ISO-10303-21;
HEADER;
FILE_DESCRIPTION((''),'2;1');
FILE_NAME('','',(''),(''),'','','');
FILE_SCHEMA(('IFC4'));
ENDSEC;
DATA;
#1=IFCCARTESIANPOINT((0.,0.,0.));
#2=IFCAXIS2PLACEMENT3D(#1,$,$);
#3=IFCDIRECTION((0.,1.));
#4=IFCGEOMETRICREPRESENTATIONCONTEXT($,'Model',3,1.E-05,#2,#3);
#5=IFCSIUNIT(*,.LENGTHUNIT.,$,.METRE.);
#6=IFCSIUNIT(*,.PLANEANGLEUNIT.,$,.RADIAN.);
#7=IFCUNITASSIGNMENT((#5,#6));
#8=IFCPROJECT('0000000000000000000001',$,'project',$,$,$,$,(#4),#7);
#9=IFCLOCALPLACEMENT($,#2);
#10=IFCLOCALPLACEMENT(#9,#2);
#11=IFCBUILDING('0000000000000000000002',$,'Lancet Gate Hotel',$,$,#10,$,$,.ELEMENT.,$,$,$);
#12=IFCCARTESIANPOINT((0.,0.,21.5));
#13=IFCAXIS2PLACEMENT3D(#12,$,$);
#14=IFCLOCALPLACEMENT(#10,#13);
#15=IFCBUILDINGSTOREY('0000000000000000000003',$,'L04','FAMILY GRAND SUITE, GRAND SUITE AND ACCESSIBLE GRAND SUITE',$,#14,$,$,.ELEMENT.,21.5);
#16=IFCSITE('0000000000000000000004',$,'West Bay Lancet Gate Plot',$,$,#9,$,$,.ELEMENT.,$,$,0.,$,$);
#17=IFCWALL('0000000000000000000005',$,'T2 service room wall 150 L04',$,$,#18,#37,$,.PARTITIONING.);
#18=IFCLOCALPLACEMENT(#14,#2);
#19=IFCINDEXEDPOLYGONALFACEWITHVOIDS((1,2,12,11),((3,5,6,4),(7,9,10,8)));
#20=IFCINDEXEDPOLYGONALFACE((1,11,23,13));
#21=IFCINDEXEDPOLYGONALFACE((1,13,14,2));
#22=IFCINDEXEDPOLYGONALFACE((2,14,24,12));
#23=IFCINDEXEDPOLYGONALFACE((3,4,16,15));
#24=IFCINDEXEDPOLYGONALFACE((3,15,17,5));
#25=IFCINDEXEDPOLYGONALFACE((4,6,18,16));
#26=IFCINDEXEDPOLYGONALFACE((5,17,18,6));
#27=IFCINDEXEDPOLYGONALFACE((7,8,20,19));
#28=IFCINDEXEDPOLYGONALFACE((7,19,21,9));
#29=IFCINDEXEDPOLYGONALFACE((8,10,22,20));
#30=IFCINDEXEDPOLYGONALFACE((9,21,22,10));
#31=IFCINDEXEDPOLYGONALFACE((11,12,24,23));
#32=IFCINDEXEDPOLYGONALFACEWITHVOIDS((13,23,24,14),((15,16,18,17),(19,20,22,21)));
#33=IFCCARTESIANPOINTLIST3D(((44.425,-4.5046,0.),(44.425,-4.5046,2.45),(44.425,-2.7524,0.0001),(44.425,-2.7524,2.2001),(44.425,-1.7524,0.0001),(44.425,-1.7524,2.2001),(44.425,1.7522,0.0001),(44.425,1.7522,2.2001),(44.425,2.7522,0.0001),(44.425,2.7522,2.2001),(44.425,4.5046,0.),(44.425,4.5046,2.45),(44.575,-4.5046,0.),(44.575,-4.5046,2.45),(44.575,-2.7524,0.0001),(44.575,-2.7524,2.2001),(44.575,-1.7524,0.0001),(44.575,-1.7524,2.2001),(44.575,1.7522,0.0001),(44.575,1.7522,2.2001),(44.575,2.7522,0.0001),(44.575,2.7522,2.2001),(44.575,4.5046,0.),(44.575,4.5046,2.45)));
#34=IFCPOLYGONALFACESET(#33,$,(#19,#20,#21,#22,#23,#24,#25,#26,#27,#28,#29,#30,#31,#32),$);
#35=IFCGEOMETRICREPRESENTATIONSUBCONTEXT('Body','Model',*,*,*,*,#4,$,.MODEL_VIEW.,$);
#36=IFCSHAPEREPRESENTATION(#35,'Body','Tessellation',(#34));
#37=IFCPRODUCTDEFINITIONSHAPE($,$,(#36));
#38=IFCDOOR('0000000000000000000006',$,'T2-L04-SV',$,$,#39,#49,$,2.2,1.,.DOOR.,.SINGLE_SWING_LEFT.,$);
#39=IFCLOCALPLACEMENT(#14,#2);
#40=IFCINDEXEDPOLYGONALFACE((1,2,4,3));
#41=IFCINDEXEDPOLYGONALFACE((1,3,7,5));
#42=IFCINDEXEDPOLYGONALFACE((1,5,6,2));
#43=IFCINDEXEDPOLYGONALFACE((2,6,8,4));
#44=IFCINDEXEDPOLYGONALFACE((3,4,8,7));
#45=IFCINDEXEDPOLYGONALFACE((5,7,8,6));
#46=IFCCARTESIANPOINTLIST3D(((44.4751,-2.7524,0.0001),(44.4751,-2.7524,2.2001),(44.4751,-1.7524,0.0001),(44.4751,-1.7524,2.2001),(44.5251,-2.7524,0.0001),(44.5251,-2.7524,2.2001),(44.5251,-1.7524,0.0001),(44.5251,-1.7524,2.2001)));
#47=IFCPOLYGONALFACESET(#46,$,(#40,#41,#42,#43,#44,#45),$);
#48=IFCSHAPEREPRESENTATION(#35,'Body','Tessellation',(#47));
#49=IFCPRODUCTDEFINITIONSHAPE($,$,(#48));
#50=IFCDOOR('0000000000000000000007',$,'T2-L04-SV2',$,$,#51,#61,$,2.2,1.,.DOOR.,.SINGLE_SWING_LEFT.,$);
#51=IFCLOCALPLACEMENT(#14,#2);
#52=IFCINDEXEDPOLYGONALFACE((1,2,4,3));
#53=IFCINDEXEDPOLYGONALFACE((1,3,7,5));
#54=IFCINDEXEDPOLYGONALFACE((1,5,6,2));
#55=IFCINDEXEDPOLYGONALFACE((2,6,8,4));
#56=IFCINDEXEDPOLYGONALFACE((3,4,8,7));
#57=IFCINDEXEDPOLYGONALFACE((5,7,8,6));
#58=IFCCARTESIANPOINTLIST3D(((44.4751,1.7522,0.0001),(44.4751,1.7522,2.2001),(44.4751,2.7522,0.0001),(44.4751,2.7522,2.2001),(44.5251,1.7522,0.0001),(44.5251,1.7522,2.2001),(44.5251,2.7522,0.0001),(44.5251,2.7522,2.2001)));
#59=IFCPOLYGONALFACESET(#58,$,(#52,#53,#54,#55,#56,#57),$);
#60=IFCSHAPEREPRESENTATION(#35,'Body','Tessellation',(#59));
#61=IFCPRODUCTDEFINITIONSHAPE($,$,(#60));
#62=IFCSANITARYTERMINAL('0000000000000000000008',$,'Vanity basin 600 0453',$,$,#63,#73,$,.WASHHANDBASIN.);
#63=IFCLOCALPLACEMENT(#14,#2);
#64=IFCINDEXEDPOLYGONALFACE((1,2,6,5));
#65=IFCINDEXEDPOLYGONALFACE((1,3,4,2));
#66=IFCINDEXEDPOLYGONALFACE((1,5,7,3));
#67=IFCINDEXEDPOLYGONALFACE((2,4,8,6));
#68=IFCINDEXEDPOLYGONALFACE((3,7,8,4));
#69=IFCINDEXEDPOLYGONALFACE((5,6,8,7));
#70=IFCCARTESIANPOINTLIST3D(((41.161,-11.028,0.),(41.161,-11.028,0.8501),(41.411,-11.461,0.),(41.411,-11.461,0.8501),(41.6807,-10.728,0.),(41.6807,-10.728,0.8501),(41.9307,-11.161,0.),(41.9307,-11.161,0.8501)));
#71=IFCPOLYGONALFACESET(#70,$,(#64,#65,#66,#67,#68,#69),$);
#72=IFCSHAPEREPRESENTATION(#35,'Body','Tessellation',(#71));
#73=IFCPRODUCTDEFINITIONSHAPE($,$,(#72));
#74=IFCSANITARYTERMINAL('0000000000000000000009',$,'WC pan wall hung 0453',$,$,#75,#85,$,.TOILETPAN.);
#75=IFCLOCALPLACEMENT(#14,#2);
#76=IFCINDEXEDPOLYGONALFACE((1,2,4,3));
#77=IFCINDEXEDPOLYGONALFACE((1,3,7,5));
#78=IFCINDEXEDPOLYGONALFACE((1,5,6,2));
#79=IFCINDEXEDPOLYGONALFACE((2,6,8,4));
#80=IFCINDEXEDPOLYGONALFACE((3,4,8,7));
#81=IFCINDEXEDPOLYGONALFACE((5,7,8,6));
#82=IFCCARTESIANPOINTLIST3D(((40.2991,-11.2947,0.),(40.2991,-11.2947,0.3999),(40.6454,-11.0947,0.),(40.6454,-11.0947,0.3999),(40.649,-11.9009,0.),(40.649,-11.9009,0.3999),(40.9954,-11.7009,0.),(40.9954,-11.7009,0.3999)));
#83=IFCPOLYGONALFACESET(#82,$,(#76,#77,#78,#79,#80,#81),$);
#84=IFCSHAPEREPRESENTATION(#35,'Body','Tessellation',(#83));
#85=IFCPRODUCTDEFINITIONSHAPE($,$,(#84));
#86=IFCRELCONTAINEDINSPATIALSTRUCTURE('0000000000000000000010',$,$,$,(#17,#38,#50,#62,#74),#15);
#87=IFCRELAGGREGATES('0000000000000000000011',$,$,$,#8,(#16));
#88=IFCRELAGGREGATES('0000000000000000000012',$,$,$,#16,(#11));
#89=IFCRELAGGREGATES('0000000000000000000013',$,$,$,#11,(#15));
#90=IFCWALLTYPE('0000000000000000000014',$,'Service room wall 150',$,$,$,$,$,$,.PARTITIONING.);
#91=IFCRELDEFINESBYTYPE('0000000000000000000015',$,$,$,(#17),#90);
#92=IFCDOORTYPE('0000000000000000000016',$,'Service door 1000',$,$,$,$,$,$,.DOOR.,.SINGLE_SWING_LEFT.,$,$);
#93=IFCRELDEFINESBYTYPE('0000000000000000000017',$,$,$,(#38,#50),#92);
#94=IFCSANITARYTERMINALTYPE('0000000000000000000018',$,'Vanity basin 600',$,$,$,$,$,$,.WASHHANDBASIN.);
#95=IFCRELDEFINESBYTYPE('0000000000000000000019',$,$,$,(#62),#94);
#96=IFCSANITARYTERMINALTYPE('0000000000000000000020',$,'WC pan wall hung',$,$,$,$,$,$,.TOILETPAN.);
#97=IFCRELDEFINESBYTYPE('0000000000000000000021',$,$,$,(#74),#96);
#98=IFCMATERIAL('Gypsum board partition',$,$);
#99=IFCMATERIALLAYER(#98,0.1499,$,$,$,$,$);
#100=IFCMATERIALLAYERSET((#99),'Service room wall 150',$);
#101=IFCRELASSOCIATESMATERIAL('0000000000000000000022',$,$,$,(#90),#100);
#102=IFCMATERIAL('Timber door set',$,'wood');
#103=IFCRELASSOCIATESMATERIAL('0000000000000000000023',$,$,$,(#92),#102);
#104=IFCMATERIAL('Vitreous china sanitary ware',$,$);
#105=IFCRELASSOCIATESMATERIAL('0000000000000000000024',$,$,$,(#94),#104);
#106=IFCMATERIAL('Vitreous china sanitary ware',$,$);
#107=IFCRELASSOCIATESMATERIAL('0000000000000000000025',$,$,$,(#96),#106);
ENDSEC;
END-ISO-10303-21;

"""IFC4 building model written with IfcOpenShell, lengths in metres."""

from ifc_helpers import new_model, si_unit, direction, frame, frame_2d, origin, origin_2d, place, context, subcontext, project, spatial, rectangle, extrude, material, layer, layer_set, type_object, element, fill, save


model = new_model("IFC4")

# Units and contexts
model_context = context("Model", 3, precision=1e-05, world=origin(), true_north=direction((0.0, 1.0)))
body_context = subcontext(model_context, "Body", "Model", "MODEL_VIEW")
ifc_project = project(units=[si_unit("LENGTHUNIT", "METRE"), si_unit("PLANEANGLEUNIT", "RADIAN")], contexts=[model_context])

# Site, building, storey
site_placement = place(None, origin())
site = spatial("IfcSite", under=ifc_project, at=site_placement, Name="West Bay Lancet Gate Plot", CompositionType="ELEMENT", RefElevation=0.0)
building_placement = place(site_placement, origin())
building = spatial("IfcBuilding", under=site, at=building_placement, Name="Lancet Gate Hotel", CompositionType="ELEMENT")
storey_placement = place(building_placement, frame((0.0, 0.0, 21.5)))
storey = spatial("IfcBuildingStorey", under=building, at=storey_placement, Name="L04", Description="FAMILY GRAND SUITE, GRAND SUITE AND ACCESSIBLE GRAND SUITE", CompositionType="ELEMENT", Elevation=21.5)

# Shared definitions
ifc_material_1 = material(Name="Gypsum board partition")
ifc_layer_1 = layer(ifc_material_1, 0.1499)
ifc_layer_set_1 = layer_set([ifc_layer_1], Name="Service room wall 150")
wall_type_1 = type_object("IfcWallType", Name="Service room wall 150", PredefinedType="PARTITIONING", material=ifc_layer_set_1)
ifc_material_2 = material(Name="Timber door set", Category="wood")
door_type_1 = type_object("IfcDoorType", Name="Service door 1000", OperationType="SINGLE_SWING_LEFT", PredefinedType="DOOR", material=ifc_material_2)

# Wall, openings, doors
wall_1_placement = place(storey_placement, frame((44.5, -4.5046, 0.0), z_axis=(0.0, 0.0, 1.0), x_axis=(0.0, 1.0, 0.0)))
wall_1 = element("IfcWall", 1, at=wall_1_placement, inside=storey, type_object=wall_type_1, Name="T2 service room wall 150 L04", PredefinedType="PARTITIONING", context=body_context, shape_type="SweptSolid", body=[
    extrude(rectangle(XDim=9.0093, YDim=0.1499, at=frame_2d((4.5046, 0.0))), origin(), (0.0, 0.0, 1.0), 2.45),
])
opening_1_placement = place(wall_1_placement, frame((1.7522, 0.0, 0.0)))
opening_1 = element("IfcOpeningElement", 2, at=opening_1_placement, cuts=wall_1, PredefinedType="OPENING", context=body_context, shape_type="SweptSolid", body=[
    extrude(rectangle(XDim=1.0, YDim=2.2, at=frame_2d((0.5, 1.1001))), frame((0.0, 0.085, 0.0), z_axis=(0.0, -1.0, 0.0), x_axis=(1.0, 0.0, 0.0)), (0.0, 0.0, 1.0), 0.1699),
])
opening_2_placement = place(wall_1_placement, frame((6.2568, 0.0, 0.0)))
opening_2 = element("IfcOpeningElement", 3, at=opening_2_placement, cuts=wall_1, PredefinedType="OPENING", context=body_context, shape_type="SweptSolid", body=[
    extrude(rectangle(XDim=1.0, YDim=2.2, at=frame_2d((0.5, 1.1001))), frame((0.0, 0.085, 0.0), z_axis=(0.0, -1.0, 0.0), x_axis=(1.0, 0.0, 0.0)), (0.0, 0.0, 1.0), 0.1699),
])
door_1_placement = place(opening_1_placement, origin())
door_1 = element("IfcDoor", 4, at=door_1_placement, inside=storey, type_object=door_type_1, Name="T2-L04-SV", OperationType="SINGLE_SWING_LEFT", OverallHeight=2.2, OverallWidth=1.0, PredefinedType="DOOR", context=body_context, shape_type="SweptSolid", body=[
    extrude(rectangle(XDim=1.0, YDim=2.2, at=frame_2d((0.5, 1.1001))), frame((0.0, 0.0249, 0.0), z_axis=(0.0, -1.0, 0.0), x_axis=(1.0, 0.0, 0.0)), (0.0, 0.0, 1.0), 0.05),
])
fill(opening_1, door_1)
door_2_placement = place(opening_2_placement, origin())
door_2 = element("IfcDoor", 5, at=door_2_placement, inside=storey, type_object=door_type_1, Name="T2-L04-SV2", OperationType="SINGLE_SWING_LEFT", OverallHeight=2.2, OverallWidth=1.0, PredefinedType="DOOR", context=body_context, shape_type="SweptSolid", body=[
    extrude(rectangle(XDim=1.0, YDim=2.2, at=frame_2d((0.5, 1.1001))), frame((0.0, 0.0249, 0.0), z_axis=(0.0, -1.0, 0.0), x_axis=(1.0, 0.0, 0.0)), (0.0, 0.0, 1.0), 0.05),
])
fill(opening_2, door_2)

# Sanitary terminals
ifc_material_3 = material(Name="Vitreous china sanitary ware")
sanitary_terminal_type_1 = type_object("IfcSanitaryTerminalType", Name="Vanity basin 600", PredefinedType="WASHHANDBASIN", material=ifc_material_3)
sanitary_terminal_1_placement = place(storey_placement, frame((41.5459, -11.0945, 0.0), z_axis=(0.0, 0.0, 1.0), x_axis=(-0.866025, -0.5, 0.0)))
element("IfcSanitaryTerminal", 6, at=sanitary_terminal_1_placement, inside=storey, type_object=sanitary_terminal_type_1, Name="Vanity basin 600 0453", PredefinedType="WASHHANDBASIN", context=body_context, shape_type="SweptSolid", body=[
    extrude(rectangle(XDim=0.6001, YDim=0.5, at=origin_2d()), origin(), (0.0, 0.0, 1.0), 0.8501),
])
ifc_material_4 = material(Name="Vitreous china sanitary ware")
sanitary_terminal_type_2 = type_object("IfcSanitaryTerminalType", Name="WC pan wall hung", PredefinedType="TOILETPAN", material=ifc_material_4)
sanitary_terminal_2_placement = place(storey_placement, frame((40.6472, -11.4978, 0.0), z_axis=(0.0, 0.0, 1.0), x_axis=(-0.866025, -0.5, 0.0)))
element("IfcSanitaryTerminal", 7, at=sanitary_terminal_2_placement, inside=storey, type_object=sanitary_terminal_type_2, Name="WC pan wall hung 0453", PredefinedType="TOILETPAN", context=body_context, shape_type="SweptSolid", body=[
    extrude(rectangle(XDim=0.3999, YDim=0.7, at=origin_2d()), origin(), (0.0, 0.0, 1.0), 0.3999),
])

save(model, "model.ifc")
